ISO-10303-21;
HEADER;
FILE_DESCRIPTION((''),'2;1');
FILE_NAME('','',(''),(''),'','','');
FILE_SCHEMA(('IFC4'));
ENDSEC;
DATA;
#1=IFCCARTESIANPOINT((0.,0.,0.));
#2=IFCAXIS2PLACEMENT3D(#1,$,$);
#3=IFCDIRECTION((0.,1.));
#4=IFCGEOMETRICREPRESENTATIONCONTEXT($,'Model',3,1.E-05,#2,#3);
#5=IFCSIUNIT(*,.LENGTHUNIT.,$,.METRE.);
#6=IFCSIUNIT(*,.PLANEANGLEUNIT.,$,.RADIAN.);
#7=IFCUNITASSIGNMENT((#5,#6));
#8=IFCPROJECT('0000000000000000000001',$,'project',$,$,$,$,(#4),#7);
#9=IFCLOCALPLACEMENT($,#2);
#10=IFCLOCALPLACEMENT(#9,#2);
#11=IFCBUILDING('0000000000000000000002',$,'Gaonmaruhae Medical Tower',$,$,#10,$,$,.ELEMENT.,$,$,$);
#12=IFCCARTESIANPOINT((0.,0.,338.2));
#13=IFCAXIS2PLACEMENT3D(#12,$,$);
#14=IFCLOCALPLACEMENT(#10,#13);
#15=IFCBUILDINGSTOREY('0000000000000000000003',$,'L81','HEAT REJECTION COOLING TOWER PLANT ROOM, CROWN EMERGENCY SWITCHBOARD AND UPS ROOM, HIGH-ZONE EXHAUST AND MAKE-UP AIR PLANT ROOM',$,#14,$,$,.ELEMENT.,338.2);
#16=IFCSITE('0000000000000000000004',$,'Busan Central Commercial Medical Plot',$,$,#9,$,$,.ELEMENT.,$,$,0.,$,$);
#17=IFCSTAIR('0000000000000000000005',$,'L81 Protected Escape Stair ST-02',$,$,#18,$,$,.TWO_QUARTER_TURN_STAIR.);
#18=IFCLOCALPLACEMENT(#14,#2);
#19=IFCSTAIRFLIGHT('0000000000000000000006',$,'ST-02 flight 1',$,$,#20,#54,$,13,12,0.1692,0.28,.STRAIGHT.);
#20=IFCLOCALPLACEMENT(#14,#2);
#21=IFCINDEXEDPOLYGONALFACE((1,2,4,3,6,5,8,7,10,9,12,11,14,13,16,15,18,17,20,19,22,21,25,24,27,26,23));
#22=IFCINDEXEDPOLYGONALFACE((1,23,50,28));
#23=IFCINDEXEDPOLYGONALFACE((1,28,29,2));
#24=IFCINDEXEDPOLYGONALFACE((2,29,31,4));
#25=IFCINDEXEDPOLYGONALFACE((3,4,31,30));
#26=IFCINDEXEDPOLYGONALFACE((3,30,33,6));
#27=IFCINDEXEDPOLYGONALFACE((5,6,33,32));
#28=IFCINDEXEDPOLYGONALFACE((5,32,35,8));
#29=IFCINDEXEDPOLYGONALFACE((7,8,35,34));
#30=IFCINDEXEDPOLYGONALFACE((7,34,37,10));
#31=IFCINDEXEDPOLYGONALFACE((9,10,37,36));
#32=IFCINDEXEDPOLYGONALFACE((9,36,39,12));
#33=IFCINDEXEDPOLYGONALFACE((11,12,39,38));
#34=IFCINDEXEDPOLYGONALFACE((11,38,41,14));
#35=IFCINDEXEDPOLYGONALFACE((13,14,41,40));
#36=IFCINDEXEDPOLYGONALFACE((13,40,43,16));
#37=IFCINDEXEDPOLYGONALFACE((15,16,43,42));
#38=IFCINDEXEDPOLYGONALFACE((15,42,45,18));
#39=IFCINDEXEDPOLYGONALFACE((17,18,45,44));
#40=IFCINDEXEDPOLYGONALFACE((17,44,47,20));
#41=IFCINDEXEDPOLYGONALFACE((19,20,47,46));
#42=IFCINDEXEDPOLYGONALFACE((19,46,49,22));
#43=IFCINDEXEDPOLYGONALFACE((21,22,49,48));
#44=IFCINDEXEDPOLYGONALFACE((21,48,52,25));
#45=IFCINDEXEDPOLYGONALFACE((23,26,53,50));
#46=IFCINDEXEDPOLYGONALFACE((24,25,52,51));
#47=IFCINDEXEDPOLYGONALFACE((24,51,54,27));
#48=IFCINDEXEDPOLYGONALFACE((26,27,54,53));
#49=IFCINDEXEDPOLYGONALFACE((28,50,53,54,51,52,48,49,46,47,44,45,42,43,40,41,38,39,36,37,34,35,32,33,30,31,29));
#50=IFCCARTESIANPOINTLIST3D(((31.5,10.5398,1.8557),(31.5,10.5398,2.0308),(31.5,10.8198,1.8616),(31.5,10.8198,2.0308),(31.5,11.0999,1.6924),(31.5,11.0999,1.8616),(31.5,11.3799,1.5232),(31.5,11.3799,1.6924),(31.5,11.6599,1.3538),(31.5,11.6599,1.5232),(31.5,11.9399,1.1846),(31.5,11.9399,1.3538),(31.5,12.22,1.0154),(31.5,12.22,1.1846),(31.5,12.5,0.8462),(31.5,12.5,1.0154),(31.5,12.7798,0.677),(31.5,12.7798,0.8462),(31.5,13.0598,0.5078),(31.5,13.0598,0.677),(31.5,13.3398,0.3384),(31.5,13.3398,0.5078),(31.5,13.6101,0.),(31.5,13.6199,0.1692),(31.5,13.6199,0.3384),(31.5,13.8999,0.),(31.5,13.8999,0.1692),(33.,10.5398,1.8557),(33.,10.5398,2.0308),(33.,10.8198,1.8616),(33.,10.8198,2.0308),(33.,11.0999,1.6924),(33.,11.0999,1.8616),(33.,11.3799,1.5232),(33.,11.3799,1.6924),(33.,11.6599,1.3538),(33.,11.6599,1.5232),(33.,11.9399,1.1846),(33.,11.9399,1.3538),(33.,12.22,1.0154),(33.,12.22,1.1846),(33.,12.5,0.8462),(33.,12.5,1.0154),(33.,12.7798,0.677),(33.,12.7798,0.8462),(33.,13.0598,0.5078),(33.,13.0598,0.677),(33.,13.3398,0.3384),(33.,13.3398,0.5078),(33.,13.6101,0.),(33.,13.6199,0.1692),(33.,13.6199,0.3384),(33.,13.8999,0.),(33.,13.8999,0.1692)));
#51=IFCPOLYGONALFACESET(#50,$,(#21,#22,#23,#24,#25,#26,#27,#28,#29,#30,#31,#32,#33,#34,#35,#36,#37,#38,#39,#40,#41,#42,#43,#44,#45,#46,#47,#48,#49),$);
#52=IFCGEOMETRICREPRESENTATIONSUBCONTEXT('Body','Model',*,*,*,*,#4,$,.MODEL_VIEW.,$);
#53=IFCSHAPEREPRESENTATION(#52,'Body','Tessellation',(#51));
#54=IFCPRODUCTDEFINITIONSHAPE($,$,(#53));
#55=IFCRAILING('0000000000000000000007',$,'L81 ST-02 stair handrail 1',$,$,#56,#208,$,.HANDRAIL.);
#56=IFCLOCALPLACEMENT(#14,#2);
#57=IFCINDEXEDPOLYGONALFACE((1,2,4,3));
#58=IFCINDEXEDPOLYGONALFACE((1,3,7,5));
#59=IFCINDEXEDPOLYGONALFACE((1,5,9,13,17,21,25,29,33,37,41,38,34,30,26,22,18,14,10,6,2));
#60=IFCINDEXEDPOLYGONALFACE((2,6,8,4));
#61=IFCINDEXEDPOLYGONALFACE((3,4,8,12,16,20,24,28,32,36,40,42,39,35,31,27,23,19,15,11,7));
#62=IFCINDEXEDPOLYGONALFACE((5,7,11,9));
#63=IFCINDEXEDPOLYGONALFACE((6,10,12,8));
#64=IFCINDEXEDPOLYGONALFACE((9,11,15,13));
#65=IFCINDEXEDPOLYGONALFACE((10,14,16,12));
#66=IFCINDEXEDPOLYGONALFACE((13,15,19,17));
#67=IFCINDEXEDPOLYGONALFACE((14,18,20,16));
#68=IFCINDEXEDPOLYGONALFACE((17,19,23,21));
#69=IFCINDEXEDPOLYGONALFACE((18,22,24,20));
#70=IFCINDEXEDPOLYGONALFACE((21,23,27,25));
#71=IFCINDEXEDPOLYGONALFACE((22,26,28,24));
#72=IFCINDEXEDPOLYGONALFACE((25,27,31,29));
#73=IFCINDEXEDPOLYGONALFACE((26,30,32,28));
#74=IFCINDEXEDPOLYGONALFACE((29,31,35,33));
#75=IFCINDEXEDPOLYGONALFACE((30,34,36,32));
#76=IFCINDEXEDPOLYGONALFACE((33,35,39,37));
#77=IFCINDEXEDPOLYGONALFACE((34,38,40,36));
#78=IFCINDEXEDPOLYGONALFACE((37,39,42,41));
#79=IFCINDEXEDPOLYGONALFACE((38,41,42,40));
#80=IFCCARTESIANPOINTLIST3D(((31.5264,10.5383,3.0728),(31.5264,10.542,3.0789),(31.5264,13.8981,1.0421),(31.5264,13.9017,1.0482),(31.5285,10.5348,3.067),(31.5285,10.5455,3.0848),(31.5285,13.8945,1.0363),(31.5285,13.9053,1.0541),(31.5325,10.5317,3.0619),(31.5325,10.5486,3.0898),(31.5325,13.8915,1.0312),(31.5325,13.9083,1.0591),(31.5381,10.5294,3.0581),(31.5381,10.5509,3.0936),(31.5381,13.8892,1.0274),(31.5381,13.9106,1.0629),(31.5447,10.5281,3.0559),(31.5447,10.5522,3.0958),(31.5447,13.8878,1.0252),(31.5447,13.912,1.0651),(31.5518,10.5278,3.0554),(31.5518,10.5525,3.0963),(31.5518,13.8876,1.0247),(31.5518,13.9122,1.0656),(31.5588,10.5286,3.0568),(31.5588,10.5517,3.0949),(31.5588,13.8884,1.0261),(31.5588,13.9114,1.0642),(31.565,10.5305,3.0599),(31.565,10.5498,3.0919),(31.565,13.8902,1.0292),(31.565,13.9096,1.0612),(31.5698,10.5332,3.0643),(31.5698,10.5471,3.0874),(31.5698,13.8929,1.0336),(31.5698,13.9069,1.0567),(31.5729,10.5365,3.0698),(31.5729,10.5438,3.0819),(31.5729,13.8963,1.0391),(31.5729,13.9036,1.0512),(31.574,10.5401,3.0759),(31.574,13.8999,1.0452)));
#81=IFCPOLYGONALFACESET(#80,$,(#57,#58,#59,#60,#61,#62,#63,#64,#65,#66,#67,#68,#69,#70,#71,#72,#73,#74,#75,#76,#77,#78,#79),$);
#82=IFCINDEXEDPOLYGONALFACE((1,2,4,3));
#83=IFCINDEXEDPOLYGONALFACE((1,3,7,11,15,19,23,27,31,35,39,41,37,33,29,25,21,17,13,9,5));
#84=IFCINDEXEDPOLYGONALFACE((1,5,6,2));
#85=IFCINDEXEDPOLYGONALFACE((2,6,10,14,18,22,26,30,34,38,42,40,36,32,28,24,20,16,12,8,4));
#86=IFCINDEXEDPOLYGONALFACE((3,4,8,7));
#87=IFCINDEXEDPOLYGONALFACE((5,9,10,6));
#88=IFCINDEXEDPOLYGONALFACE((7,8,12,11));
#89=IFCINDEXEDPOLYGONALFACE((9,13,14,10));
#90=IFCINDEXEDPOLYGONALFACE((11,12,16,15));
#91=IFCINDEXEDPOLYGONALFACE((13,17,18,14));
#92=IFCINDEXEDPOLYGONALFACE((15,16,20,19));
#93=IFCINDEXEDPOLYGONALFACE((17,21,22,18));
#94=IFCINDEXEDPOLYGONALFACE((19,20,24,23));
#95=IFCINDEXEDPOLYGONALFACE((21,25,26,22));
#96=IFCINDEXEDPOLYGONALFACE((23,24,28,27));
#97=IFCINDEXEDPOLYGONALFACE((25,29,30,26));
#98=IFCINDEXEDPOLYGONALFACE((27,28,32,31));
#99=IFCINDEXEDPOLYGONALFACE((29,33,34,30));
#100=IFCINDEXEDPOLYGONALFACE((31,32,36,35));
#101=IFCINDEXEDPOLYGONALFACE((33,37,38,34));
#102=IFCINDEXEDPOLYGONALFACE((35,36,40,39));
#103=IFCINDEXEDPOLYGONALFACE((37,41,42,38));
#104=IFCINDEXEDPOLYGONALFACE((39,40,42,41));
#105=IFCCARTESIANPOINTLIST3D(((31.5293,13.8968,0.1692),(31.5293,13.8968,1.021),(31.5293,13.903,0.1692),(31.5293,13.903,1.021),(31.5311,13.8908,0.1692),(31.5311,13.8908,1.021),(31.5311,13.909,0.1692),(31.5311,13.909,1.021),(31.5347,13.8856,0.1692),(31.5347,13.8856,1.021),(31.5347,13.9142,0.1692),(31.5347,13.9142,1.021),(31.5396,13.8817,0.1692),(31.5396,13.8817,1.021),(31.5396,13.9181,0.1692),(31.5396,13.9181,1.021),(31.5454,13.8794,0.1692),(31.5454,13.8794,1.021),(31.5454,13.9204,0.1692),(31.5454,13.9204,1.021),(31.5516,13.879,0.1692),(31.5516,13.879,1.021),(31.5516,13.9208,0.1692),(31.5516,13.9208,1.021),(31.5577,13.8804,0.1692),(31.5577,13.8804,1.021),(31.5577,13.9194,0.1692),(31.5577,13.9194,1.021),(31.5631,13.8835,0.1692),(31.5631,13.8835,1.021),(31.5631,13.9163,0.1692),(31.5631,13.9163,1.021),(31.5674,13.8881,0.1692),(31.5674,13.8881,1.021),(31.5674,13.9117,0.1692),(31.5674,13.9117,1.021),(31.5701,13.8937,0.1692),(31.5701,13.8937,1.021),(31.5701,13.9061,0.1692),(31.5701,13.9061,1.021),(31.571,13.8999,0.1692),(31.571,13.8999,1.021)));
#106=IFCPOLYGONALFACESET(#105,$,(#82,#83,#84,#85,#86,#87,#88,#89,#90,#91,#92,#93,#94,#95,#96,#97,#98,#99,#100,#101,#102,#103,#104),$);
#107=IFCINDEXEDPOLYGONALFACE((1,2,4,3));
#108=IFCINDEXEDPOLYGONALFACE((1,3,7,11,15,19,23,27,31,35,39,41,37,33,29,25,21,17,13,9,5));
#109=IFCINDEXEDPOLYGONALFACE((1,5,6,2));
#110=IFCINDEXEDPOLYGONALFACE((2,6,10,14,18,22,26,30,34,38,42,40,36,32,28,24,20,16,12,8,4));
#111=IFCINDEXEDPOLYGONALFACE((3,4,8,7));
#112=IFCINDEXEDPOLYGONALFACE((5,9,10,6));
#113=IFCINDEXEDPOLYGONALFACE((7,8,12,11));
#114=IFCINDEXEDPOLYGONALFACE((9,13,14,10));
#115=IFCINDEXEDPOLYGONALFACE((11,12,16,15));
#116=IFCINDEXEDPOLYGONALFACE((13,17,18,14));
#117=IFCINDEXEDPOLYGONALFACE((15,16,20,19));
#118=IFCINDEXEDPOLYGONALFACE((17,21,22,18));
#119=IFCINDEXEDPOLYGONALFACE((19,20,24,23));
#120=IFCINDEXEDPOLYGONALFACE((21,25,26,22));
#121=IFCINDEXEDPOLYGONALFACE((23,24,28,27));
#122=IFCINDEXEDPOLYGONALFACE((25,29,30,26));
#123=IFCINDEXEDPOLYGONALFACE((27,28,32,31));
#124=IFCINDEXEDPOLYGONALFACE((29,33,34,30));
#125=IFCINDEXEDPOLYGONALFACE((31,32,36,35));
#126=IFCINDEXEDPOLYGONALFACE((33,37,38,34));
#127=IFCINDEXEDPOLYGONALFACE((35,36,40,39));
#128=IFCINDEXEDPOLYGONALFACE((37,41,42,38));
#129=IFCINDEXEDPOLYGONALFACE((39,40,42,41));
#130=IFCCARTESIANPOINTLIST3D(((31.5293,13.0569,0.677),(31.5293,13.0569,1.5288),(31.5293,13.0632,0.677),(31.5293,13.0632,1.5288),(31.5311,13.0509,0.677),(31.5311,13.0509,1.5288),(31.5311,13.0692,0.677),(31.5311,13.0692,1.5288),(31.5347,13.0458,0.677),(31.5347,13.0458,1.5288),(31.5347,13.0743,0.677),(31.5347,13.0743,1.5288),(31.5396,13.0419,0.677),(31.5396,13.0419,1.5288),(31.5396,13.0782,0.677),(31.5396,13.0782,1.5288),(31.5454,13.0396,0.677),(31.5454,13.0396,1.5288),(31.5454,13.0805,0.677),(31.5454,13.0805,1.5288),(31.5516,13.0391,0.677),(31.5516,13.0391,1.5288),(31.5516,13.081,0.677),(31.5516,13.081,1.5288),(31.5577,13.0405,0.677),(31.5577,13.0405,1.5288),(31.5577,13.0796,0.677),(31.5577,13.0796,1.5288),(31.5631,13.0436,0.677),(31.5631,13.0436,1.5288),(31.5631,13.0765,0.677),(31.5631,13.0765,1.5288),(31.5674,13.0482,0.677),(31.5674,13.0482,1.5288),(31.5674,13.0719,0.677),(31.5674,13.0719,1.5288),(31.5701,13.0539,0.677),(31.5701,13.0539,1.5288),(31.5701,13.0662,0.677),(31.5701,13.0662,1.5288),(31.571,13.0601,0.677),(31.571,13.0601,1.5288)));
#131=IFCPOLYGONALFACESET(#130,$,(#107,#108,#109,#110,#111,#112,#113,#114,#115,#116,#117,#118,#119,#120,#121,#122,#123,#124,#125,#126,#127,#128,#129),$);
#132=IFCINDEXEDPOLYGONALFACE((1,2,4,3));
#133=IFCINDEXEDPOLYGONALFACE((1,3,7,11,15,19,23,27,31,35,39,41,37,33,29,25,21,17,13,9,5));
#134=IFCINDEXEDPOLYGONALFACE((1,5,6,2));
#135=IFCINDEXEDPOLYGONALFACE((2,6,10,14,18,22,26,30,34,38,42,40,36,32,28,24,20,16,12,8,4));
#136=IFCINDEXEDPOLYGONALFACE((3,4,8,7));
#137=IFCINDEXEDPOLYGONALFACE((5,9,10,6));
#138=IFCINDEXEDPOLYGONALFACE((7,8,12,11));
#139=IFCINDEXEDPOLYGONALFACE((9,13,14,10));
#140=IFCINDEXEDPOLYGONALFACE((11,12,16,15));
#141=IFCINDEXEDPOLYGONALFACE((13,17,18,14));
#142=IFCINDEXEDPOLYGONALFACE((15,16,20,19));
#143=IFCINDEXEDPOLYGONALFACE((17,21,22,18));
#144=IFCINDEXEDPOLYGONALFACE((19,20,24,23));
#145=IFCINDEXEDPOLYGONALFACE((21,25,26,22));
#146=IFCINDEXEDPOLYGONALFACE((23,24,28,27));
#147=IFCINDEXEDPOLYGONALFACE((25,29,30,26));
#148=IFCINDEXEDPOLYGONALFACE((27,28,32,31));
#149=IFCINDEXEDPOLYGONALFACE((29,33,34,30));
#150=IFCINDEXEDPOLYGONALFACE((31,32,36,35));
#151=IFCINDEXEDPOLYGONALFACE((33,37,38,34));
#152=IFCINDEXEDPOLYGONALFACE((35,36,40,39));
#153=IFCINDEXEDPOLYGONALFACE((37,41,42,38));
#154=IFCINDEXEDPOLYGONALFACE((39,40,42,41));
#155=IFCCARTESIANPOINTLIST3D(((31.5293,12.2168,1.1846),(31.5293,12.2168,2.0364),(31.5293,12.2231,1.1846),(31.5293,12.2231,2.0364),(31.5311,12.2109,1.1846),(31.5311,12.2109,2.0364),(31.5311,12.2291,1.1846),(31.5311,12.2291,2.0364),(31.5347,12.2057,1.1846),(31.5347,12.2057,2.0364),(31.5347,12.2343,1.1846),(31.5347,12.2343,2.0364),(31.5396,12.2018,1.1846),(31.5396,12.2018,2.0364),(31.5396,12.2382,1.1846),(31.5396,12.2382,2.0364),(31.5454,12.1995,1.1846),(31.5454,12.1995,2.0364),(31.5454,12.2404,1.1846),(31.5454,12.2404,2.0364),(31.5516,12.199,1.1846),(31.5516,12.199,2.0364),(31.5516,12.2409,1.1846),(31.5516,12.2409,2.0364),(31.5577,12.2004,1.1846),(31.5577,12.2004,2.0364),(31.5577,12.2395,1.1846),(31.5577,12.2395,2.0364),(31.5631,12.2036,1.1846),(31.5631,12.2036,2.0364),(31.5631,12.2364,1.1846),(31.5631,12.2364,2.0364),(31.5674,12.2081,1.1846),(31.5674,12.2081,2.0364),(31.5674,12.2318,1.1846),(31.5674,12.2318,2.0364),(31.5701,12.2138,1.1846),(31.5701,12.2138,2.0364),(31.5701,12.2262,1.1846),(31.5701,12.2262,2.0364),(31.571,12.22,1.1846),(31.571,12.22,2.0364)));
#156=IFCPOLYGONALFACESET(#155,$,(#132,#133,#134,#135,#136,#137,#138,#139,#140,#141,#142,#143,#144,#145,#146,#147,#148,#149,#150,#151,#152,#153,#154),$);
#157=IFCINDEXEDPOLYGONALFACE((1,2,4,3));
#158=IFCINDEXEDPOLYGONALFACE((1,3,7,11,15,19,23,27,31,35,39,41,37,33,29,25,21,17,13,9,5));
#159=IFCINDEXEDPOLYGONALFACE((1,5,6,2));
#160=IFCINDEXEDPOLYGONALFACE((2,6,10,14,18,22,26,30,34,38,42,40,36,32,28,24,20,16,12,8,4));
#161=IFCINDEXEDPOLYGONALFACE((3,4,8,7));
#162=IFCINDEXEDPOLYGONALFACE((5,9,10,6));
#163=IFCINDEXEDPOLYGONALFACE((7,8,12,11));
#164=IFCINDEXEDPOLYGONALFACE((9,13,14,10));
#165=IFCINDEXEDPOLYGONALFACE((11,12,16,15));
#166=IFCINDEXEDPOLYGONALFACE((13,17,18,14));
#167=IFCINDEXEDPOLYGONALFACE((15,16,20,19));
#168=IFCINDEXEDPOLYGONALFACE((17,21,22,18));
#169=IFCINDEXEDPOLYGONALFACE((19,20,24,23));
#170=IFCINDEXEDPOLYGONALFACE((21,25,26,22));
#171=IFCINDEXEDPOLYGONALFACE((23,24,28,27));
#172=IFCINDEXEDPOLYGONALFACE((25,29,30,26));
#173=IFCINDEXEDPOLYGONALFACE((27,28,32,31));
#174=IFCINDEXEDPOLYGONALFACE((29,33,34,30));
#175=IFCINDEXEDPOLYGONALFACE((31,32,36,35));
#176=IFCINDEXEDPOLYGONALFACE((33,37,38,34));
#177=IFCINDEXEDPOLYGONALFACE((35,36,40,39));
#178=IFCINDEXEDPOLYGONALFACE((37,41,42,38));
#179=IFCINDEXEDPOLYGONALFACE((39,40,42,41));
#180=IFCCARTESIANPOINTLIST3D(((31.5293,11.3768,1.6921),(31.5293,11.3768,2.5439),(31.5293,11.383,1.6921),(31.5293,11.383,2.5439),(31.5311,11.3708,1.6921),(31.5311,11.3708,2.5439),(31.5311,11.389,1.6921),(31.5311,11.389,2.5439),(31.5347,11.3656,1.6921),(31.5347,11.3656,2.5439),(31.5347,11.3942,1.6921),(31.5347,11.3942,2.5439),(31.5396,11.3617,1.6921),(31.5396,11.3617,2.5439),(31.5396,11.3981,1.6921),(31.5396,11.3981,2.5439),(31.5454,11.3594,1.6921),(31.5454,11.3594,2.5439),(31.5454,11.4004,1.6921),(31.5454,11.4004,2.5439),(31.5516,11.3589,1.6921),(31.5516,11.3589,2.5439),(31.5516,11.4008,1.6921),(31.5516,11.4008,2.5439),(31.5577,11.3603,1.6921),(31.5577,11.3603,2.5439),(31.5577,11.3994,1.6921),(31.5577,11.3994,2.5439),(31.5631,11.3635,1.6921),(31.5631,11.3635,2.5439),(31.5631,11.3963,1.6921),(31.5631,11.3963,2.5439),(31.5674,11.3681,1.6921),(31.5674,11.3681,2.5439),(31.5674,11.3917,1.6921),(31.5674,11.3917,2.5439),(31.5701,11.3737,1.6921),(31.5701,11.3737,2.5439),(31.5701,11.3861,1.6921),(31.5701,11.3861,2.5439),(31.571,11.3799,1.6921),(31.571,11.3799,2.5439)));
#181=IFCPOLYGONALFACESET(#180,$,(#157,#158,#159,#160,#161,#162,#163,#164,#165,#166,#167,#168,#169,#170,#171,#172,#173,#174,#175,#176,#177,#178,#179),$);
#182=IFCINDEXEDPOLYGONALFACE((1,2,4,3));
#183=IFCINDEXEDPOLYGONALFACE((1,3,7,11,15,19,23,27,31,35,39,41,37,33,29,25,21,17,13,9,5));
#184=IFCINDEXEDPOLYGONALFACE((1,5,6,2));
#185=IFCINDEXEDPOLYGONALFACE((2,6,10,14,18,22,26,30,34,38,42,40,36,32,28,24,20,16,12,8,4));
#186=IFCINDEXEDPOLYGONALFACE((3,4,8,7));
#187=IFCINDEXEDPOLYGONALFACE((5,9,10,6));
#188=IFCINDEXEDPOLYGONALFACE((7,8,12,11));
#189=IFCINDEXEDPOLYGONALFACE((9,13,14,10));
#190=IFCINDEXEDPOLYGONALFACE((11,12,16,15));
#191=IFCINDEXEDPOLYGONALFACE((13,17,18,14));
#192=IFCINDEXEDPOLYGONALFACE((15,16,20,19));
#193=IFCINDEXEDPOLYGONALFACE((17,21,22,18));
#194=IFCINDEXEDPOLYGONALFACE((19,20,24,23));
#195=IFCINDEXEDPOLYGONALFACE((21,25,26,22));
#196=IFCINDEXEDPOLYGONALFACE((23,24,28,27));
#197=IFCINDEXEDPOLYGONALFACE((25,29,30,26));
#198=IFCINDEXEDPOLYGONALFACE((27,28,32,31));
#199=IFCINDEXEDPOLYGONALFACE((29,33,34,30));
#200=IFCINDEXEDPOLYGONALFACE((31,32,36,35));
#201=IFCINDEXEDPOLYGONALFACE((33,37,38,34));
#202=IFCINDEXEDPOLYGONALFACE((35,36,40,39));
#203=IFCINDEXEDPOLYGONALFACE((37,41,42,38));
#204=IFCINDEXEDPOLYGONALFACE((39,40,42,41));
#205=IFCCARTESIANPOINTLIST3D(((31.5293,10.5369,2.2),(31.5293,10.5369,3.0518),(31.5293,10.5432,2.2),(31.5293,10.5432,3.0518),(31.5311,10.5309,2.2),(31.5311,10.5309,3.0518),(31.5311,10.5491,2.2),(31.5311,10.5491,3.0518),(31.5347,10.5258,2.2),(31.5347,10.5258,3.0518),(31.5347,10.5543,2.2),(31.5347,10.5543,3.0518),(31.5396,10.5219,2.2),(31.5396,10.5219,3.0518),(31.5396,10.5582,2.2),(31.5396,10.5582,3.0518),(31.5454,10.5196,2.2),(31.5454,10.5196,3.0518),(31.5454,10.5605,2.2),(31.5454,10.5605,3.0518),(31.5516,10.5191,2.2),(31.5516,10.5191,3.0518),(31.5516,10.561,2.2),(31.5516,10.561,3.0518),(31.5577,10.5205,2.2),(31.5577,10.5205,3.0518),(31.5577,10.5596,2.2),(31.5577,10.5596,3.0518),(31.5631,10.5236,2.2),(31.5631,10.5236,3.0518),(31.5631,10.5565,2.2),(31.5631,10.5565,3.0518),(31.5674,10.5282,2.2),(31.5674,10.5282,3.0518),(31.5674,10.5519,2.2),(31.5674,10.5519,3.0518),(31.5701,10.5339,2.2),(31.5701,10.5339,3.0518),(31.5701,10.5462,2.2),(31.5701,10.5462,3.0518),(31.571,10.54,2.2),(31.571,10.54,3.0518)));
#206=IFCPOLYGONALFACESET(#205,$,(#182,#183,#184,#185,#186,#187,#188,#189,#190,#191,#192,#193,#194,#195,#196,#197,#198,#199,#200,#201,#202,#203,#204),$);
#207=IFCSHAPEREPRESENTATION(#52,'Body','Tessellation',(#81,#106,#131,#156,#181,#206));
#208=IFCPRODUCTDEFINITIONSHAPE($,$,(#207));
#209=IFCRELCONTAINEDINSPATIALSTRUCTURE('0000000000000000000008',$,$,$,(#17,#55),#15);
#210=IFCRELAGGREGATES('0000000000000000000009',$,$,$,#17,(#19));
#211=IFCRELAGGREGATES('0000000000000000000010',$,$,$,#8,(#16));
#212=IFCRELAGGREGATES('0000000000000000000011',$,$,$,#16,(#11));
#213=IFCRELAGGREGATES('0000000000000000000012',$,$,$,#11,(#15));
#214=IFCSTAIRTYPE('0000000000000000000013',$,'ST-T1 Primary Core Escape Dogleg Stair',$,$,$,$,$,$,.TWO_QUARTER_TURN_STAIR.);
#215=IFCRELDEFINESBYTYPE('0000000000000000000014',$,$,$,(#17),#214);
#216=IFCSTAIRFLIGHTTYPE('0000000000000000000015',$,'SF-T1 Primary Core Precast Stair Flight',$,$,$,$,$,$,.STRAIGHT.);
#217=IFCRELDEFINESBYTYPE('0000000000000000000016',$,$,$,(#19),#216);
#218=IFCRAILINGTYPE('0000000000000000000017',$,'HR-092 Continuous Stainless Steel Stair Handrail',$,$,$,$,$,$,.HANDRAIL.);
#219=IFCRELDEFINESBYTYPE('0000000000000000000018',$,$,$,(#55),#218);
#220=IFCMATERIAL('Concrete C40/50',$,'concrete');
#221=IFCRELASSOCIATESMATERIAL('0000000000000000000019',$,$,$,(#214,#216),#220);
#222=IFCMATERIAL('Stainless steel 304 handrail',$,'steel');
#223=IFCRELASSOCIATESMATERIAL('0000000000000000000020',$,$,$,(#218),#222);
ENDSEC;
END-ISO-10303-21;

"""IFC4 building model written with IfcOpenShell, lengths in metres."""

from ifc_helpers import new_model, si_unit, direction, frame, origin, origin_2d, place, context, subcontext, project, spatial, polyline, circle, outline, extrude, material, type_object, element, aggregate, save


model = new_model("IFC4")

# Units and contexts
model_context = context("Model", 3, precision=1e-05, world=origin(), true_north=direction((0.0, 1.0)))
body_context = subcontext(model_context, "Body", "Model", "MODEL_VIEW")
ifc_project = project(units=[si_unit("LENGTHUNIT", "METRE"), si_unit("PLANEANGLEUNIT", "RADIAN")], contexts=[model_context])

# Site, building, storey
site_placement = place(None, origin())
site = spatial("IfcSite", under=ifc_project, at=site_placement, Name="Busan Central Commercial Medical Plot", CompositionType="ELEMENT", RefElevation=0.0)
building_placement = place(site_placement, origin())
building = spatial("IfcBuilding", under=site, at=building_placement, Name="Gaonmaruhae Medical Tower", CompositionType="ELEMENT")
storey_placement = place(building_placement, frame((0.0, 0.0, 338.2)))
storey = spatial("IfcBuildingStorey", under=building, at=storey_placement, Name="L81", Description="HEAT REJECTION COOLING TOWER PLANT ROOM, CROWN EMERGENCY SWITCHBOARD AND UPS ROOM, HIGH-ZONE EXHAUST AND MAKE-UP AIR PLANT ROOM", CompositionType="ELEMENT", Elevation=338.2)

# Stair, stair flight
ifc_material_1 = material(Name="Concrete C40/50", Category="concrete")
stair_type = type_object("IfcStairType", Name="ST-T1 Primary Core Escape Dogleg Stair", PredefinedType="TWO_QUARTER_TURN_STAIR", material=ifc_material_1)
stair_placement = place(storey_placement, origin())
stair = element("IfcStair", 1, at=stair_placement, inside=storey, type_object=stair_type, Name="L81 Protected Escape Stair ST-02", PredefinedType="TWO_QUARTER_TURN_STAIR")
stair_flight_type = type_object("IfcStairFlightType", Name="SF-T1 Primary Core Precast Stair Flight", PredefinedType="STRAIGHT", material=ifc_material_1)
stair_flight_placement = place(storey_placement, frame((32.25, 13.8999, 0.0), z_axis=(0.0, 0.0, 1.0), x_axis=(0.0, -1.0, 0.0)))
stair_flight = element("IfcStairFlight", 2, at=stair_flight_placement, type_object=stair_flight_type, Name="ST-02 flight 1", NumberOfRisers=13, NumberOfTreads=12, PredefinedType="STRAIGHT", RiserHeight=0.1692, TreadLength=0.28, context=body_context, shape_type="SweptSolid", body=[
    extrude(outline(polyline([(0.0, 0.0), (0.0, 0.1692), (0.28, 0.1692), (0.28, 0.3384), (0.5601, 0.3384), (0.5601, 0.5078), (0.8401, 0.5078), (0.8401, 0.677), (1.1201, 0.677), (1.1201, 0.8462), (1.3999, 0.8462), (1.3999, 1.0154), (1.6799, 1.0154), (1.6799, 1.1846), (1.96, 1.1846), (1.96, 1.3538), (2.24, 1.3538), (2.24, 1.5232), (2.52, 1.5232), (2.52, 1.6924), (2.8, 1.6924), (2.8, 1.8616), (3.0801, 1.8616), (3.0801, 2.0308), (3.3601, 2.0308), (3.3601, 2.2), (3.3601, 1.8557), (0.2898, 0.0), (0.0, 0.0)])), frame((0.0, 0.75, 0.0), z_axis=(0.0, -1.0, 0.0), x_axis=(1.0, 0.0, 0.0)), (0.0, 0.0, 1.0), 1.5),
])
aggregate(stair, [stair_flight])

# Railing
ifc_material_2 = material(Name="Stainless steel 304 handrail", Category="steel")
railing_type_1 = type_object("IfcRailingType", Name="HR-092 Continuous Stainless Steel Stair Handrail", PredefinedType="HANDRAIL", material=ifc_material_2)
railing_1_placement = place(storey_placement, frame((31.55, 13.8999, 0.1692)))
element("IfcRailing", 3, at=railing_1_placement, inside=storey, type_object=railing_type_1, Name="L81 ST-02 stair handrail 1", PredefinedType="HANDRAIL", context=body_context, shape_type="SweptSolid", body=[
    extrude(circle(Radius=0.0239, at=origin_2d()), frame((0.0, 0.0, 0.876), z_axis=(0.0, -0.85582, 0.517273), x_axis=(1.0, 0.0, 0.0)), (0.0, 0.0, 1.0), 3.9258),
    extrude(circle(Radius=0.021, at=origin_2d()), origin(), (0.0, 0.0, 1.0), 0.8518),
    extrude(circle(Radius=0.021, at=origin_2d()), frame((0.0, -0.8398, 0.5078)), (0.0, 0.0, 1.0), 0.8518),
    extrude(circle(Radius=0.021, at=origin_2d()), frame((0.0, -1.6799, 1.0154)), (0.0, 0.0, 1.0), 0.8518),
    extrude(circle(Radius=0.021, at=origin_2d()), frame((0.0, -2.52, 1.5229)), (0.0, 0.0, 1.0), 0.8518),
    extrude(circle(Radius=0.021, at=origin_2d()), frame((0.0, -3.3599, 2.0308)), (0.0, 0.0, 1.0), 0.8518),
])

save(model, "model.ifc")
